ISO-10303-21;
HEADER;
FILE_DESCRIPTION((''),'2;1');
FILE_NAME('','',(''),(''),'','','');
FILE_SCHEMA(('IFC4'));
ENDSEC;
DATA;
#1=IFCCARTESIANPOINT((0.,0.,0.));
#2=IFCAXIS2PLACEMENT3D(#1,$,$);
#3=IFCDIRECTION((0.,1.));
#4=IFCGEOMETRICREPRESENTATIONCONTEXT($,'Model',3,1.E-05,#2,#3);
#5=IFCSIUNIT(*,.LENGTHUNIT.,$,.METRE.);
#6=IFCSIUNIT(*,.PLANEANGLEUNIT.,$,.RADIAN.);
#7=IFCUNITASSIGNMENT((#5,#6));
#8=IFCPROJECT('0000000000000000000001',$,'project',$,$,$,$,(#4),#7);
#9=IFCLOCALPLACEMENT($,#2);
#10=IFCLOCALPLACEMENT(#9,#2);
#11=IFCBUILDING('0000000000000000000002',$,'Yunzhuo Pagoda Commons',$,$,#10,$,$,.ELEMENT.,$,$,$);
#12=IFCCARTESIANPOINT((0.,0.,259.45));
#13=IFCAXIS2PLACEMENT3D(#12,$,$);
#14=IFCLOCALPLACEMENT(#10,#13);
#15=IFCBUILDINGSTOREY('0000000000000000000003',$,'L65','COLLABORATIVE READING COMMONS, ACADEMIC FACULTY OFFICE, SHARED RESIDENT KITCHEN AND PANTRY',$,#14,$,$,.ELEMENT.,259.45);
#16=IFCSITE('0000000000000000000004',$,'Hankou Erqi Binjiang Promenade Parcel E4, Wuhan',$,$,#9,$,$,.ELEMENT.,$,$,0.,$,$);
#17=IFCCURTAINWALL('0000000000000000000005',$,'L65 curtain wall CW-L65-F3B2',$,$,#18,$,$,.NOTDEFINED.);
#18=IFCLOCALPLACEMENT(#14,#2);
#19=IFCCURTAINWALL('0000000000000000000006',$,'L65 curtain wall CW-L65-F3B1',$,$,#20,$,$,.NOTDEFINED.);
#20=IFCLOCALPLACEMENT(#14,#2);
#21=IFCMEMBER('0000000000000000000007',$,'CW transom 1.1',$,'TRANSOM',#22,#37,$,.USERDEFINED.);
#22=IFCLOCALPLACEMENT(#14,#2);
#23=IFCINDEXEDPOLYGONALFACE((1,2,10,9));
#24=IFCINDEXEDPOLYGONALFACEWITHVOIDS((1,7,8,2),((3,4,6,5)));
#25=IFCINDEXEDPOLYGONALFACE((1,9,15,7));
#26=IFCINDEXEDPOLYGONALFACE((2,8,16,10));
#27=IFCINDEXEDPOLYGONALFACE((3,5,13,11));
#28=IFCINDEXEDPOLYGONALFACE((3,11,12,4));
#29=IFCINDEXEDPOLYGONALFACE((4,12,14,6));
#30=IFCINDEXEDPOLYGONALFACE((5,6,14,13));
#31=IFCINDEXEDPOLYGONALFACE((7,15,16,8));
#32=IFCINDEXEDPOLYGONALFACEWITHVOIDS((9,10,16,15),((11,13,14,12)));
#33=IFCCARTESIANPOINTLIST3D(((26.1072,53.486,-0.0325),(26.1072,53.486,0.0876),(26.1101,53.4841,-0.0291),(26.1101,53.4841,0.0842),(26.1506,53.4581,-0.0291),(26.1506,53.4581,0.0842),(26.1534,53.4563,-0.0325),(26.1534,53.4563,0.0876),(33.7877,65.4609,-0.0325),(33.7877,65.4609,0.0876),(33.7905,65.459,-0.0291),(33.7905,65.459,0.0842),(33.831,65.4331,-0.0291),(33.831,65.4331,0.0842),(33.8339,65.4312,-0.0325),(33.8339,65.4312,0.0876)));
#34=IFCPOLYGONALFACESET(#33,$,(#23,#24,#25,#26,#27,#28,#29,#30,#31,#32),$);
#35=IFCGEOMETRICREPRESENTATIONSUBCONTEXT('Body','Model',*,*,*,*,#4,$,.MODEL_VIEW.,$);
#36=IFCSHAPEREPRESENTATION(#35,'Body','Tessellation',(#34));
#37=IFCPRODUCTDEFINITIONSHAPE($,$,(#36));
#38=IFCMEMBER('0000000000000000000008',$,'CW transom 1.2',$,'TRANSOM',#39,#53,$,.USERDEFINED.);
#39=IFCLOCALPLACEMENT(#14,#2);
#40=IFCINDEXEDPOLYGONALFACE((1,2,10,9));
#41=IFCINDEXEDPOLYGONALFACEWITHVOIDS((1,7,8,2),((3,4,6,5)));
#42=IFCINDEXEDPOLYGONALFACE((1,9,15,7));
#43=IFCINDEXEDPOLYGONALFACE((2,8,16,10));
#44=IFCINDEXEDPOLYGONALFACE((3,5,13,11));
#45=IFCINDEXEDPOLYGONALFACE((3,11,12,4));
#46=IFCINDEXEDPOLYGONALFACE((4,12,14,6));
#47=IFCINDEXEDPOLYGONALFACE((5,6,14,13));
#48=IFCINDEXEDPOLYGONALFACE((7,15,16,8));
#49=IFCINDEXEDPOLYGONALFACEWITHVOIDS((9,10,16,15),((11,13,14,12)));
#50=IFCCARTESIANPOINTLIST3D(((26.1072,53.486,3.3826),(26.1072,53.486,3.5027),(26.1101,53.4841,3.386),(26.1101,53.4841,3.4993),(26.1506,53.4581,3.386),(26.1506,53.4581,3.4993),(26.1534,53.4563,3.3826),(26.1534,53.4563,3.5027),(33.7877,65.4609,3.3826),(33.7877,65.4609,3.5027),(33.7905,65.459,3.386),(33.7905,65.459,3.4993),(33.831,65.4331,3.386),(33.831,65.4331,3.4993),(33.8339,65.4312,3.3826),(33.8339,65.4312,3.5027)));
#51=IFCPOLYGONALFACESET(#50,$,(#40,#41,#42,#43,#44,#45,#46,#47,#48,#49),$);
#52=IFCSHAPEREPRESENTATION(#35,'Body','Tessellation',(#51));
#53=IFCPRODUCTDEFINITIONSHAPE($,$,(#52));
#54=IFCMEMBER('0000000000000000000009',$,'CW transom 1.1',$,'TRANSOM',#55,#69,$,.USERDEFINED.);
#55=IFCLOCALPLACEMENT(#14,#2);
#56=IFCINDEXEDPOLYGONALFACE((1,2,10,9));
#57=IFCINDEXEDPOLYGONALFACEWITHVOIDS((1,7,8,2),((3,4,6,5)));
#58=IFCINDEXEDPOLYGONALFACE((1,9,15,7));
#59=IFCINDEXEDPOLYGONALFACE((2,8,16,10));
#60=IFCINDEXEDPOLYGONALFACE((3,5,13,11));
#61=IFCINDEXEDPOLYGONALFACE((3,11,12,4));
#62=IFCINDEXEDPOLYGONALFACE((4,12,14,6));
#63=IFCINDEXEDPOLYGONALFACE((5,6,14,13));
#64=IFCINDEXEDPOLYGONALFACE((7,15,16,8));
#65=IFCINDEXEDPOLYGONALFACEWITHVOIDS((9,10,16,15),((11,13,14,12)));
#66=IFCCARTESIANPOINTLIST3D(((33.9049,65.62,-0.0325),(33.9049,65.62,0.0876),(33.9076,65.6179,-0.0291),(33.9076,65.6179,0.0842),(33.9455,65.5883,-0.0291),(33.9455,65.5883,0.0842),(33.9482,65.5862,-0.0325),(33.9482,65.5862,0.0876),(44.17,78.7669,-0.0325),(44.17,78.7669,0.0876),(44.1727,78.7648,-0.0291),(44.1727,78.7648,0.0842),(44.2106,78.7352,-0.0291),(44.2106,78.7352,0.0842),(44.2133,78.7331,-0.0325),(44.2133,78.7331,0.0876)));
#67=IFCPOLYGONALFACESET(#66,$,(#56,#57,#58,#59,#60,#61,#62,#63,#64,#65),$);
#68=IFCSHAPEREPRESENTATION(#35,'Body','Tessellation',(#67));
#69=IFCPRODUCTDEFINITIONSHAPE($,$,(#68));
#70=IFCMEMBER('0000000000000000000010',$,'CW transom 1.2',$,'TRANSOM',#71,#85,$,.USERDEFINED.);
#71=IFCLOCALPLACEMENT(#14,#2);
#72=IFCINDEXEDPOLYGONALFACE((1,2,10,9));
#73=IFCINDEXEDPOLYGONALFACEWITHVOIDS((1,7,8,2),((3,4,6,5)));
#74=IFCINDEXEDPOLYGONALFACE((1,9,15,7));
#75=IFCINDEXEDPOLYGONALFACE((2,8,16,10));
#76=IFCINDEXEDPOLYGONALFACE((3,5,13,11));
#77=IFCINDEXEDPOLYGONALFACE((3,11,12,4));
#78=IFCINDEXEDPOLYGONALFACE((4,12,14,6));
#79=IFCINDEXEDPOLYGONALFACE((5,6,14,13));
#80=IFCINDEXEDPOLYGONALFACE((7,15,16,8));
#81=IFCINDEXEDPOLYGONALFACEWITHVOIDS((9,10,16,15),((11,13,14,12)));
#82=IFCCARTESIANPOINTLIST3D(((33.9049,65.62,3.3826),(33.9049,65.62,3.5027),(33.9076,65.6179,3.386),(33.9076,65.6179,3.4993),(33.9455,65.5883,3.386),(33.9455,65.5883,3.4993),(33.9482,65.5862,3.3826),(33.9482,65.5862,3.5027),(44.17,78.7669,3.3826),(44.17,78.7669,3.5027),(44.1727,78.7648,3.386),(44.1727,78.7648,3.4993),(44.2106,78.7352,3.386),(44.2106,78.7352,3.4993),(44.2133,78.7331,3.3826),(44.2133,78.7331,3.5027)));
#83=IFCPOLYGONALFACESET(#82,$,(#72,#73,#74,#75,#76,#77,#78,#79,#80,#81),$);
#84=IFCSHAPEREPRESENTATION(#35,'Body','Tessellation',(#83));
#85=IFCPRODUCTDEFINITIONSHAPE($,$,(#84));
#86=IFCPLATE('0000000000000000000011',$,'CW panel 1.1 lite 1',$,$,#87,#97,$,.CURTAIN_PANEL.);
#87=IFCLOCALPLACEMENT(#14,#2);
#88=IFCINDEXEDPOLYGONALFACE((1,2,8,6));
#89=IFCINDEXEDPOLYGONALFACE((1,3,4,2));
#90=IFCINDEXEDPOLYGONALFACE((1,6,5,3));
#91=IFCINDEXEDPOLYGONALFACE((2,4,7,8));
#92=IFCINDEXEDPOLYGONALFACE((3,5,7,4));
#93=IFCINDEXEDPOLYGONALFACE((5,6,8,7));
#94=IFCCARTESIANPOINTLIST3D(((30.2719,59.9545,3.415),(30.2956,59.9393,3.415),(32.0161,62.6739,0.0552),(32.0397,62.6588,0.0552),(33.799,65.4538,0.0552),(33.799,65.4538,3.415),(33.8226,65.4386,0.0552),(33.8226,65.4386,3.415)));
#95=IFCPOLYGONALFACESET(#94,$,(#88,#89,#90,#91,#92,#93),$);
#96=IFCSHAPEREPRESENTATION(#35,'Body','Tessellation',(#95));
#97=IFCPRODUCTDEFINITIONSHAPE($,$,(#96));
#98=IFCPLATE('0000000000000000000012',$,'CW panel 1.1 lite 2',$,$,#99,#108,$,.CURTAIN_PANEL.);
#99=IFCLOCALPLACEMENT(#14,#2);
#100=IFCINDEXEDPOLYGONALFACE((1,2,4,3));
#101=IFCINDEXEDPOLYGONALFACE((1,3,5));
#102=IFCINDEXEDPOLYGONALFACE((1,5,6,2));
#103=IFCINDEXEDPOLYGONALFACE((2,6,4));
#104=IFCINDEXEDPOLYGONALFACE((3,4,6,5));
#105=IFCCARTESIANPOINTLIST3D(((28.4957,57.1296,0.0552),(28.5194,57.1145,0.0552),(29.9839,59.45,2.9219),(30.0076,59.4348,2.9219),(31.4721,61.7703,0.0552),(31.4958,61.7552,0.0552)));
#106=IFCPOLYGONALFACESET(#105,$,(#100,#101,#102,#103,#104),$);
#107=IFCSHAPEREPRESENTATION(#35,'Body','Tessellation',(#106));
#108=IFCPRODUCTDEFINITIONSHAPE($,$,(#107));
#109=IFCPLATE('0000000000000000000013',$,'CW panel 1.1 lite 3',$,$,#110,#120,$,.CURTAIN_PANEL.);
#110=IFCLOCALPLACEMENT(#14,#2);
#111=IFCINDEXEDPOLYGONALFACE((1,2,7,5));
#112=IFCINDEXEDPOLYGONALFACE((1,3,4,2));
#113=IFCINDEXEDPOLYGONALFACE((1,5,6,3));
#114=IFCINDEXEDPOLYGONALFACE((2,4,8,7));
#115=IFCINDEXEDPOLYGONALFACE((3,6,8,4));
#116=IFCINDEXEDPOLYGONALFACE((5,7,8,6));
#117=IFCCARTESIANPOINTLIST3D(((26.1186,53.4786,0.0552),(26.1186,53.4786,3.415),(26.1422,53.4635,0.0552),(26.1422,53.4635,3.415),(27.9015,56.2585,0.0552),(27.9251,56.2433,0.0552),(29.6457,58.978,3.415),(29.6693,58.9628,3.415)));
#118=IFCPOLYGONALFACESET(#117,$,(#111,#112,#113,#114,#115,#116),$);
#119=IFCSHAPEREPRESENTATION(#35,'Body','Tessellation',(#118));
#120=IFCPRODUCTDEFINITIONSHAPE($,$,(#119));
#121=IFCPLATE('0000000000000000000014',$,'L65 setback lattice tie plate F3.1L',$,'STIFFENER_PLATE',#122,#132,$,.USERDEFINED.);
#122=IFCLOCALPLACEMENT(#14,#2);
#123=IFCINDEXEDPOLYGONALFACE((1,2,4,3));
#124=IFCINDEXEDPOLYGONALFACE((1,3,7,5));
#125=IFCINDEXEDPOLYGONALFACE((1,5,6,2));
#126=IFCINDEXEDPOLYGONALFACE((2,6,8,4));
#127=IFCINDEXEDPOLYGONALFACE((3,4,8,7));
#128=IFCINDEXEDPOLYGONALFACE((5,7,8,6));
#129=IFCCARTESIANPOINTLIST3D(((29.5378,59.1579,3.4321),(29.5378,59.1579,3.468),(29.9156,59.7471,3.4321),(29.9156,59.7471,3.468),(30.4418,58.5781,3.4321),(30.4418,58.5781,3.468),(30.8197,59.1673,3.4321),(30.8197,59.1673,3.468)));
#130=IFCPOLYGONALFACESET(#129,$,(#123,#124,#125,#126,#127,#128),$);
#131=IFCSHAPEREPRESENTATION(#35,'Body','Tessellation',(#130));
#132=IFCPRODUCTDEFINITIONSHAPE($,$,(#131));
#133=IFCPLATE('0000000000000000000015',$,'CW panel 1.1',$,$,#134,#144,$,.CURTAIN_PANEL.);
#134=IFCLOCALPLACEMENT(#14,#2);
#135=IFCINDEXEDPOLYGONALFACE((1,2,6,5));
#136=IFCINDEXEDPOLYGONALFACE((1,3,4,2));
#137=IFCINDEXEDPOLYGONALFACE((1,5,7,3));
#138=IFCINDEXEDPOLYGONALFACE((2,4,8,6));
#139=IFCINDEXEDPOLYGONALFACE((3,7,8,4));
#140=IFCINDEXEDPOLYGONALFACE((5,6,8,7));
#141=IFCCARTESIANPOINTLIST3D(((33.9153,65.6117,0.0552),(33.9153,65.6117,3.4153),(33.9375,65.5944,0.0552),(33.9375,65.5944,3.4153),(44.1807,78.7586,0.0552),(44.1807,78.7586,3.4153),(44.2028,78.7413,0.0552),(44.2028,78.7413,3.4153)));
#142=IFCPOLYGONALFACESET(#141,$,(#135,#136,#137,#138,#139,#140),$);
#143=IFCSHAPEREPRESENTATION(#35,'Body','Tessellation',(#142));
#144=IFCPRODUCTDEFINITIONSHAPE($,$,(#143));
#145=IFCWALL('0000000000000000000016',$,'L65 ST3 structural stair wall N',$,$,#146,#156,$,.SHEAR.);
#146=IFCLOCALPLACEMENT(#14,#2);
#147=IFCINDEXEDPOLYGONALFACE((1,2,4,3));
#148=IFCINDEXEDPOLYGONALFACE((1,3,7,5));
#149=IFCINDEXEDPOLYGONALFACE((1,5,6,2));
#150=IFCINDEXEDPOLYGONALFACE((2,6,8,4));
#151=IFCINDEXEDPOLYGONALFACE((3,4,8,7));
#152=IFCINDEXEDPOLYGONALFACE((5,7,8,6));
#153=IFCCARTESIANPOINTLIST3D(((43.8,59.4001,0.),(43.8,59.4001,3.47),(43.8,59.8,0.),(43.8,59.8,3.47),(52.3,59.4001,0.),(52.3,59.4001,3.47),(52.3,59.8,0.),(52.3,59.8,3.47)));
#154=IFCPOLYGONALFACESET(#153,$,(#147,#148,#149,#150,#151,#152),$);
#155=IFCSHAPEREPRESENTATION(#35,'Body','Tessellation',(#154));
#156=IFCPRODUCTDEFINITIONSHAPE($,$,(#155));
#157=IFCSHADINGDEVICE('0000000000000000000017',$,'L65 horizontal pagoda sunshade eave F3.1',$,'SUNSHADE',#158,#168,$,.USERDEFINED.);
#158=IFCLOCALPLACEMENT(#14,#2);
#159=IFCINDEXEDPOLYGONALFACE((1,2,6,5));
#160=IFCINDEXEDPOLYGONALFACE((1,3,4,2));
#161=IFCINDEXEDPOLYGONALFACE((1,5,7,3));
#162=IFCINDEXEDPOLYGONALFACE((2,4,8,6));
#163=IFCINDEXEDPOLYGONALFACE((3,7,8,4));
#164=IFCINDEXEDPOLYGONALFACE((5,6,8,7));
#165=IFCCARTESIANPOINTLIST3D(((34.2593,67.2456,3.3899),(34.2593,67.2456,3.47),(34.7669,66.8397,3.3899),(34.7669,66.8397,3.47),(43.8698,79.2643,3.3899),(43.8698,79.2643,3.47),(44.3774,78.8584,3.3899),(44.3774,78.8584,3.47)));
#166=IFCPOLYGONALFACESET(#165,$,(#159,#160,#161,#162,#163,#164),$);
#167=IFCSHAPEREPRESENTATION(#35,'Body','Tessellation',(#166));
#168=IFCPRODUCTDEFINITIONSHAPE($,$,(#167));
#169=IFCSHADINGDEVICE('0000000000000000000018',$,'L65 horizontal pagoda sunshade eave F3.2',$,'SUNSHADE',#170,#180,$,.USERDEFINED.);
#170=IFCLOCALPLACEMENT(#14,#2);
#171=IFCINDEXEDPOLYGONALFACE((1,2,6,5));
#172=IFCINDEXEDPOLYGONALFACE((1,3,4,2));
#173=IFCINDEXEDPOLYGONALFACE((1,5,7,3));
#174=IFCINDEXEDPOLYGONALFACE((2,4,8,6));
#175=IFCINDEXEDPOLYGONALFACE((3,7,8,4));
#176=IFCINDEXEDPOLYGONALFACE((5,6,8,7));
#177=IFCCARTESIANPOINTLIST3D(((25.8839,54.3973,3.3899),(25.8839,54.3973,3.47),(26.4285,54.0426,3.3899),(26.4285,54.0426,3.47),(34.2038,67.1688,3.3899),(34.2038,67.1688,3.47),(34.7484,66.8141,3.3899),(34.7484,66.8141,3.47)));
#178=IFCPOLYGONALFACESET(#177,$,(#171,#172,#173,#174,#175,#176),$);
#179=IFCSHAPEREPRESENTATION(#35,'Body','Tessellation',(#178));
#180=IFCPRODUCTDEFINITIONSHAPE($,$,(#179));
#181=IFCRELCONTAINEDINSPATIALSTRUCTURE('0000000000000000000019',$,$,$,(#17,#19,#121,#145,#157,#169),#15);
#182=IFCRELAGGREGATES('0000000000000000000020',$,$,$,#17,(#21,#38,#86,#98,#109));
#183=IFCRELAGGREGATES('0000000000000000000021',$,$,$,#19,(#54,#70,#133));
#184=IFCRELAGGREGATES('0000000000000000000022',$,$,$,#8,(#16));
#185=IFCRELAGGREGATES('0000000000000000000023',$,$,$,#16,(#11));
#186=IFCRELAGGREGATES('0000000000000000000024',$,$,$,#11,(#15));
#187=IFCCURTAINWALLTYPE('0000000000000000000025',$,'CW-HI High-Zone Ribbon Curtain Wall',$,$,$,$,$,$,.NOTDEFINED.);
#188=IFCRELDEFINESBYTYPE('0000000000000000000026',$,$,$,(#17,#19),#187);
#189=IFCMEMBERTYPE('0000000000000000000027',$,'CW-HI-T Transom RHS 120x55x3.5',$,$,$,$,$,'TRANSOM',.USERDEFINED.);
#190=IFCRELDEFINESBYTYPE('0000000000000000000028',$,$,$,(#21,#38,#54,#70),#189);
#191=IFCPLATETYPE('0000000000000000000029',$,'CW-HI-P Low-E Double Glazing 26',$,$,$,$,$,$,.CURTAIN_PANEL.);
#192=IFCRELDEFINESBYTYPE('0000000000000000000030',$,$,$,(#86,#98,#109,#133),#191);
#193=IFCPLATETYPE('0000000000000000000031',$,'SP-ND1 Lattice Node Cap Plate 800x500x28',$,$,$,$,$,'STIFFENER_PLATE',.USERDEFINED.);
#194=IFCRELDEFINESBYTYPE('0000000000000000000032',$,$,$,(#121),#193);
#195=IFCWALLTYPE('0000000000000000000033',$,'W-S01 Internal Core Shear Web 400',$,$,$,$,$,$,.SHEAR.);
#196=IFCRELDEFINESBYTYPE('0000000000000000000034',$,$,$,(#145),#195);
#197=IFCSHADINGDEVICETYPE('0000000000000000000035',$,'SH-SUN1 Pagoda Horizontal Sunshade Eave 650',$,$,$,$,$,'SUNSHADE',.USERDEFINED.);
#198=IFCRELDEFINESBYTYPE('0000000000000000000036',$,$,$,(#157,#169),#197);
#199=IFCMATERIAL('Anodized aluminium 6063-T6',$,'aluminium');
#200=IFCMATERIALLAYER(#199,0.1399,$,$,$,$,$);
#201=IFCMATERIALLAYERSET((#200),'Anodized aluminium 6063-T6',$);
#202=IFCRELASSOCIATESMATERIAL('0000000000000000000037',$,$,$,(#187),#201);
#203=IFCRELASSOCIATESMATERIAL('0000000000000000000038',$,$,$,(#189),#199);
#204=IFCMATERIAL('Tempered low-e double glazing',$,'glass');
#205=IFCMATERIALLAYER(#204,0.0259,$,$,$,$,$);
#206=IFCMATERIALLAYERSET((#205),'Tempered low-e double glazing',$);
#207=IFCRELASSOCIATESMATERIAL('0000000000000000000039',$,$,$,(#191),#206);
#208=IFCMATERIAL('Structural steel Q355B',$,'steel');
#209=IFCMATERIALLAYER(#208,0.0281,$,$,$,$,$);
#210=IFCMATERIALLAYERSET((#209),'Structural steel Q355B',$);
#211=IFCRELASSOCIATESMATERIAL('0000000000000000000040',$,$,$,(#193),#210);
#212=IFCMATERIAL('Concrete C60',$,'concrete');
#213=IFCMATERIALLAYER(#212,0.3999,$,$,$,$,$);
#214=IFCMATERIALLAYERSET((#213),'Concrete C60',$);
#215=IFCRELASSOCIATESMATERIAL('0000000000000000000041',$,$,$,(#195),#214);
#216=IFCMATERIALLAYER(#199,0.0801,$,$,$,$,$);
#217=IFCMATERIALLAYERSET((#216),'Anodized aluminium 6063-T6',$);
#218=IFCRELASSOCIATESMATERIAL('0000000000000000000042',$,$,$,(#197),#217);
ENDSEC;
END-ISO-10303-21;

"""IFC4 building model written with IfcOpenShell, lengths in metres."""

from ifc_helpers import new_model, si_unit, direction, frame, frame_2d, origin, origin_2d, place, context, subcontext, project, spatial, polyline, rectangle, hollow_rectangle, outline, extrude, source, transform, mapped, material, layer, layer_set, material_profile, profile_set, type_object, element, aggregate, save


model = new_model("IFC4")

# Units and contexts
model_context = context("Model", 3, precision=1e-05, world=origin(), true_north=direction((0.0, 1.0)))
body_context = subcontext(model_context, "Body", "Model", "MODEL_VIEW")
ifc_project = project(units=[si_unit("LENGTHUNIT", "METRE"), si_unit("PLANEANGLEUNIT", "RADIAN")], contexts=[model_context])

# Site, building, storey
site_placement = place(None, origin())
site = spatial("IfcSite", under=ifc_project, at=site_placement, Name="Hankou Erqi Binjiang Promenade Parcel E4, Wuhan", CompositionType="ELEMENT", RefElevation=0.0)
building_placement = place(site_placement, origin())
building = spatial("IfcBuilding", under=site, at=building_placement, Name="Yunzhuo Pagoda Commons", CompositionType="ELEMENT")
storey_placement = place(building_placement, frame((0.0, 0.0, 259.45)))
storey = spatial("IfcBuildingStorey", under=building, at=storey_placement, Name="L65", Description="COLLABORATIVE READING COMMONS, ACADEMIC FACULTY OFFICE, SHARED RESIDENT KITCHEN AND PANTRY", CompositionType="ELEMENT", Elevation=259.45)

# Shared definitions
ifc_material_1 = material(Name="Structural steel Q355B", Category="steel")

# Curtain wall
ifc_material_2 = material(Name="Anodized aluminium 6063-T6", Category="aluminium")
ifc_layer_1 = layer(ifc_material_2, 0.1399)
ifc_layer_set_1 = layer_set([ifc_layer_1], Name="Anodized aluminium 6063-T6")
curtain_wall_type = type_object("IfcCurtainWallType", Name="CW-HI High-Zone Ribbon Curtain Wall", PredefinedType="NOTDEFINED", material=ifc_layer_set_1)
curtain_wall_1_placement = place(storey_placement, origin())
curtain_wall_1 = element("IfcCurtainWall", 1, at=curtain_wall_1_placement, inside=storey, type_object=curtain_wall_type, Name="L65 curtain wall CW-L65-F3B2", PredefinedType="NOTDEFINED")

# Curtain wall
curtain_wall_2_placement = place(storey_placement, origin())
curtain_wall_2 = element("IfcCurtainWall", 2, at=curtain_wall_2_placement, inside=storey, type_object=curtain_wall_type, Name="L65 curtain wall CW-L65-F3B1", PredefinedType="NOTDEFINED")

# Members
ifc_material_profile_1 = material_profile(ifc_material_2, hollow_rectangle(XDim=0.0549, YDim=0.1201, WallThickness=0.0034, at=origin_2d()), Name="Anodized aluminium 6063-T6")
ifc_profile_set_1 = profile_set([ifc_material_profile_1], Name="Anodized aluminium 6063-T6")
member_type_1 = type_object("IfcMemberType", Name="CW-HI-T Transom RHS 120x55x3.5", ElementType="TRANSOM", PredefinedType="USERDEFINED", material=ifc_profile_set_1)
shared_shape_1 = source(origin(), body_context, "Body", "SweptSolid", [
    extrude(hollow_rectangle(XDim=0.0549, YDim=0.1201, WallThickness=0.0034, at=origin_2d()), origin(), (0.0, 0.0, 1.0), 14.2263),
])
member_1_placement = place(storey_placement, frame((33.8108, 65.446, 0.0276), z_axis=(-0.539877, -0.841744, 0.0), x_axis=(0.841744, -0.539877, 0.0)))
member_1 = element("IfcMember", 3, at=member_1_placement, type_object=member_type_1, Name="CW transom 1.1", ObjectType="TRANSOM", PredefinedType="USERDEFINED", context=body_context, shape_type="MappedRepresentation", body=[
    mapped(shared_shape_1, transform((0.0, 0.0, 0.0), scale=1.0)),
])
member_2_placement = place(storey_placement, frame((33.8108, 65.446, 3.4426), z_axis=(-0.539877, -0.841744, 0.0), x_axis=(0.841744, -0.539877, 0.0)))
member_2 = element("IfcMember", 4, at=member_2_placement, type_object=member_type_1, Name="CW transom 1.2", ObjectType="TRANSOM", PredefinedType="USERDEFINED", context=body_context, shape_type="MappedRepresentation", body=[
    mapped(shared_shape_1, transform((0.0, 0.0, 0.0), scale=1.0)),
])
shared_shape_2 = source(origin(), body_context, "Body", "SweptSolid", [
    extrude(hollow_rectangle(XDim=0.0549, YDim=0.1201, WallThickness=0.0034, at=origin_2d()), origin(), (0.0, 0.0, 1.0), 16.6797),
])
member_3_placement = place(storey_placement, frame((44.1917, 78.75, 0.0276), z_axis=(-0.615423, -0.788197, 0.0), x_axis=(0.788197, -0.615423, 0.0)))
member_3 = element("IfcMember", 5, at=member_3_placement, type_object=member_type_1, Name="CW transom 1.1", ObjectType="TRANSOM", PredefinedType="USERDEFINED", context=body_context, shape_type="MappedRepresentation", body=[
    mapped(shared_shape_2, transform((0.0, 0.0, 0.0), scale=1.0)),
])
member_4_placement = place(storey_placement, frame((44.1917, 78.75, 3.4426), z_axis=(-0.615423, -0.788197, 0.0), x_axis=(0.788197, -0.615423, 0.0)))
member_4 = element("IfcMember", 6, at=member_4_placement, type_object=member_type_1, Name="CW transom 1.2", ObjectType="TRANSOM", PredefinedType="USERDEFINED", context=body_context, shape_type="MappedRepresentation", body=[
    mapped(shared_shape_2, transform((0.0, 0.0, 0.0), scale=1.0)),
])

# Plates
ifc_material_3 = material(Name="Tempered low-e double glazing", Category="glass")
ifc_layer_2 = layer(ifc_material_3, 0.0259)
ifc_layer_set_2 = layer_set([ifc_layer_2], Name="Tempered low-e double glazing")
plate_type_1 = type_object("IfcPlateType", Name="CW-HI-P Low-E Double Glazing 26", PredefinedType="CURTAIN_PANEL", material=ifc_layer_set_2)
plate_1_placement = place(storey_placement, frame((32.0591, 62.689, 1.7351), z_axis=(-0.84175, 0.539867, 0.0), x_axis=(-0.539867, -0.84175, 0.0)))
plate_1 = element("IfcPlate", 7, at=plate_1_placement, type_object=plate_type_1, Name="CW panel 1.1 lite 1", PredefinedType="CURTAIN_PANEL", context=body_context, shape_type="SweptSolid", body=[
    extrude(outline(polyline([(-3.2666, -1.6799), (0.0359, -1.6799), (3.2666, 1.6799), (-3.2666, 1.6799), (-3.2666, -1.6799)])), origin(), (0.0, 0.0, 1.0), 0.0281),
])
plate_2_placement = place(storey_placement, frame((30.0076, 59.4348, 1.4885), z_axis=(-0.84175, 0.539867, 0.0), x_axis=(-0.539867, -0.84175, 0.0)))
plate_2 = element("IfcPlate", 8, at=plate_2_placement, type_object=plate_type_1, Name="CW panel 1.1 lite 2", PredefinedType="CURTAIN_PANEL", context=body_context, shape_type="SweptSolid", body=[
    extrude(outline(polyline([(-2.7566, -1.4333), (2.7566, -1.4333), (0.0, 1.4333), (-2.7566, -1.4333)])), origin(), (0.0, 0.0, 1.0), 0.0281),
])
plate_3_placement = place(storey_placement, frame((27.9058, 56.2131, 1.7351), z_axis=(-0.84175, 0.539867, 0.0), x_axis=(-0.539867, -0.84175, 0.0)))
plate_3 = element("IfcPlate", 9, at=plate_3_placement, type_object=plate_type_1, Name="CW panel 1.1 lite 3", PredefinedType="CURTAIN_PANEL", context=body_context, shape_type="SweptSolid", body=[
    extrude(outline(polyline([(-3.2666, 1.6799), (-0.0359, -1.6799), (3.2666, -1.6799), (3.2666, 1.6799), (-3.2666, 1.6799)])), origin(), (0.0, 0.0, 1.0), 0.0281),
])
aggregate(curtain_wall_1, [member_1, member_2, plate_1, plate_2, plate_3])
ifc_layer_3 = layer(ifc_material_1, 0.0281)
ifc_layer_set_3 = layer_set([ifc_layer_3], Name="Structural steel Q355B")
plate_type_2 = type_object("IfcPlateType", Name="SP-ND1 Lattice Node Cap Plate 800x500x28", ElementType="STIFFENER_PLATE", PredefinedType="USERDEFINED", material=ifc_layer_set_3)
shared_shape_3 = source(origin(), body_context, "Body", "SweptSolid", [
    extrude(rectangle(XDim=0.7, YDim=1.074, at=origin_2d()), origin(), (0.0, 0.0, 1.0), 0.0359),
])
plate_4_placement = place(storey_placement, frame((30.1787, 59.1626, 3.4321), z_axis=(0.0, 0.0, 1.0), x_axis=(-0.539873, -0.841746, 0.0)))
element("IfcPlate", 10, at=plate_4_placement, inside=storey, type_object=plate_type_2, Name="L65 setback lattice tie plate F3.1L", ObjectType="STIFFENER_PLATE", PredefinedType="USERDEFINED", context=body_context, shape_type="MappedRepresentation", body=[
    mapped(shared_shape_3, transform((0.0, 0.0, 0.0), scale=1.0)),
])
shared_shape_4 = source(origin(), body_context, "Body", "SweptSolid", [
    extrude(rectangle(XDim=16.6799, YDim=0.0281, at=origin_2d()), origin(), (0.0, 0.0, 1.0), 3.3601),
])
plate_5_placement = place(storey_placement, frame((39.0591, 72.1765, 0.0552), z_axis=(0.0, 0.0, 1.0), x_axis=(-0.615433, -0.78819, 0.0)))
plate_5 = element("IfcPlate", 11, at=plate_5_placement, type_object=plate_type_1, Name="CW panel 1.1", PredefinedType="CURTAIN_PANEL", context=body_context, shape_type="MappedRepresentation", body=[
    mapped(shared_shape_4, transform((0.0, 0.0, 0.0), scale=1.0)),
])
aggregate(curtain_wall_2, [member_3, member_4, plate_5])

# Wall
ifc_material_4 = material(Name="Concrete C60", Category="concrete")
ifc_layer_4 = layer(ifc_material_4, 0.3999)
ifc_layer_set_4 = layer_set([ifc_layer_4], Name="Concrete C60")
wall_type = type_object("IfcWallType", Name="W-S01 Internal Core Shear Web 400", PredefinedType="SHEAR", material=ifc_layer_set_4)
wall_placement = place(storey_placement, frame((43.8, 59.6001, 0.0), z_axis=(0.0, 0.0, 1.0), x_axis=(1.0, 0.0, 0.0)))
element("IfcWall", 12, at=wall_placement, inside=storey, type_object=wall_type, Name="L65 ST3 structural stair wall N", PredefinedType="SHEAR", context=body_context, shape_type="SweptSolid", body=[
    extrude(rectangle(XDim=8.5, YDim=0.3999, at=frame_2d((4.25, 0.0))), origin(), (0.0, 0.0, 1.0), 3.47),
])

# Shading devices
ifc_layer_5 = layer(ifc_material_2, 0.0801)
ifc_layer_set_5 = layer_set([ifc_layer_5], Name="Anodized aluminium 6063-T6")
shading_device_type = type_object("IfcShadingDeviceType", Name="SH-SUN1 Pagoda Horizontal Sunshade Eave 650", ElementType="SUNSHADE", PredefinedType="USERDEFINED", material=ifc_layer_set_5)
shared_shape_5 = source(origin(), body_context, "Body", "SweptSolid", [
    extrude(rectangle(XDim=15.3887, YDim=0.6499, at=origin_2d()), origin(), (0.0, 0.0, 1.0), 0.0801),
])
shading_device_1_placement = place(storey_placement, frame((39.3184, 73.052, 3.3899), z_axis=(0.0, 0.0, 1.0), x_axis=(-0.62452, -0.781008, 0.0)))
element("IfcShadingDevice", 13, at=shading_device_1_placement, inside=storey, type_object=shading_device_type, Name="L65 horizontal pagoda sunshade eave F3.1", ObjectType="SUNSHADE", PredefinedType="USERDEFINED", context=body_context, shape_type="MappedRepresentation", body=[
    mapped(shared_shape_5, transform((0.0, 0.0, 0.0), scale=1.0)),
])
shared_shape_6 = source(origin(), body_context, "Body", "SweptSolid", [
    extrude(rectangle(XDim=15.2424, YDim=0.6499, at=origin_2d()), origin(), (0.0, 0.0, 1.0), 0.0801),
])
shading_device_2_placement = place(storey_placement, frame((30.3162, 60.6057, 3.3899), z_axis=(0.0, 0.0, 1.0), x_axis=(-0.545839, -0.83789, 0.0)))
element("IfcShadingDevice", 14, at=shading_device_2_placement, inside=storey, type_object=shading_device_type, Name="L65 horizontal pagoda sunshade eave F3.2", ObjectType="SUNSHADE", PredefinedType="USERDEFINED", context=body_context, shape_type="MappedRepresentation", body=[
    mapped(shared_shape_6, transform((0.0, 0.0, 0.0), scale=1.0)),
])

save(model, "model.ifc")
